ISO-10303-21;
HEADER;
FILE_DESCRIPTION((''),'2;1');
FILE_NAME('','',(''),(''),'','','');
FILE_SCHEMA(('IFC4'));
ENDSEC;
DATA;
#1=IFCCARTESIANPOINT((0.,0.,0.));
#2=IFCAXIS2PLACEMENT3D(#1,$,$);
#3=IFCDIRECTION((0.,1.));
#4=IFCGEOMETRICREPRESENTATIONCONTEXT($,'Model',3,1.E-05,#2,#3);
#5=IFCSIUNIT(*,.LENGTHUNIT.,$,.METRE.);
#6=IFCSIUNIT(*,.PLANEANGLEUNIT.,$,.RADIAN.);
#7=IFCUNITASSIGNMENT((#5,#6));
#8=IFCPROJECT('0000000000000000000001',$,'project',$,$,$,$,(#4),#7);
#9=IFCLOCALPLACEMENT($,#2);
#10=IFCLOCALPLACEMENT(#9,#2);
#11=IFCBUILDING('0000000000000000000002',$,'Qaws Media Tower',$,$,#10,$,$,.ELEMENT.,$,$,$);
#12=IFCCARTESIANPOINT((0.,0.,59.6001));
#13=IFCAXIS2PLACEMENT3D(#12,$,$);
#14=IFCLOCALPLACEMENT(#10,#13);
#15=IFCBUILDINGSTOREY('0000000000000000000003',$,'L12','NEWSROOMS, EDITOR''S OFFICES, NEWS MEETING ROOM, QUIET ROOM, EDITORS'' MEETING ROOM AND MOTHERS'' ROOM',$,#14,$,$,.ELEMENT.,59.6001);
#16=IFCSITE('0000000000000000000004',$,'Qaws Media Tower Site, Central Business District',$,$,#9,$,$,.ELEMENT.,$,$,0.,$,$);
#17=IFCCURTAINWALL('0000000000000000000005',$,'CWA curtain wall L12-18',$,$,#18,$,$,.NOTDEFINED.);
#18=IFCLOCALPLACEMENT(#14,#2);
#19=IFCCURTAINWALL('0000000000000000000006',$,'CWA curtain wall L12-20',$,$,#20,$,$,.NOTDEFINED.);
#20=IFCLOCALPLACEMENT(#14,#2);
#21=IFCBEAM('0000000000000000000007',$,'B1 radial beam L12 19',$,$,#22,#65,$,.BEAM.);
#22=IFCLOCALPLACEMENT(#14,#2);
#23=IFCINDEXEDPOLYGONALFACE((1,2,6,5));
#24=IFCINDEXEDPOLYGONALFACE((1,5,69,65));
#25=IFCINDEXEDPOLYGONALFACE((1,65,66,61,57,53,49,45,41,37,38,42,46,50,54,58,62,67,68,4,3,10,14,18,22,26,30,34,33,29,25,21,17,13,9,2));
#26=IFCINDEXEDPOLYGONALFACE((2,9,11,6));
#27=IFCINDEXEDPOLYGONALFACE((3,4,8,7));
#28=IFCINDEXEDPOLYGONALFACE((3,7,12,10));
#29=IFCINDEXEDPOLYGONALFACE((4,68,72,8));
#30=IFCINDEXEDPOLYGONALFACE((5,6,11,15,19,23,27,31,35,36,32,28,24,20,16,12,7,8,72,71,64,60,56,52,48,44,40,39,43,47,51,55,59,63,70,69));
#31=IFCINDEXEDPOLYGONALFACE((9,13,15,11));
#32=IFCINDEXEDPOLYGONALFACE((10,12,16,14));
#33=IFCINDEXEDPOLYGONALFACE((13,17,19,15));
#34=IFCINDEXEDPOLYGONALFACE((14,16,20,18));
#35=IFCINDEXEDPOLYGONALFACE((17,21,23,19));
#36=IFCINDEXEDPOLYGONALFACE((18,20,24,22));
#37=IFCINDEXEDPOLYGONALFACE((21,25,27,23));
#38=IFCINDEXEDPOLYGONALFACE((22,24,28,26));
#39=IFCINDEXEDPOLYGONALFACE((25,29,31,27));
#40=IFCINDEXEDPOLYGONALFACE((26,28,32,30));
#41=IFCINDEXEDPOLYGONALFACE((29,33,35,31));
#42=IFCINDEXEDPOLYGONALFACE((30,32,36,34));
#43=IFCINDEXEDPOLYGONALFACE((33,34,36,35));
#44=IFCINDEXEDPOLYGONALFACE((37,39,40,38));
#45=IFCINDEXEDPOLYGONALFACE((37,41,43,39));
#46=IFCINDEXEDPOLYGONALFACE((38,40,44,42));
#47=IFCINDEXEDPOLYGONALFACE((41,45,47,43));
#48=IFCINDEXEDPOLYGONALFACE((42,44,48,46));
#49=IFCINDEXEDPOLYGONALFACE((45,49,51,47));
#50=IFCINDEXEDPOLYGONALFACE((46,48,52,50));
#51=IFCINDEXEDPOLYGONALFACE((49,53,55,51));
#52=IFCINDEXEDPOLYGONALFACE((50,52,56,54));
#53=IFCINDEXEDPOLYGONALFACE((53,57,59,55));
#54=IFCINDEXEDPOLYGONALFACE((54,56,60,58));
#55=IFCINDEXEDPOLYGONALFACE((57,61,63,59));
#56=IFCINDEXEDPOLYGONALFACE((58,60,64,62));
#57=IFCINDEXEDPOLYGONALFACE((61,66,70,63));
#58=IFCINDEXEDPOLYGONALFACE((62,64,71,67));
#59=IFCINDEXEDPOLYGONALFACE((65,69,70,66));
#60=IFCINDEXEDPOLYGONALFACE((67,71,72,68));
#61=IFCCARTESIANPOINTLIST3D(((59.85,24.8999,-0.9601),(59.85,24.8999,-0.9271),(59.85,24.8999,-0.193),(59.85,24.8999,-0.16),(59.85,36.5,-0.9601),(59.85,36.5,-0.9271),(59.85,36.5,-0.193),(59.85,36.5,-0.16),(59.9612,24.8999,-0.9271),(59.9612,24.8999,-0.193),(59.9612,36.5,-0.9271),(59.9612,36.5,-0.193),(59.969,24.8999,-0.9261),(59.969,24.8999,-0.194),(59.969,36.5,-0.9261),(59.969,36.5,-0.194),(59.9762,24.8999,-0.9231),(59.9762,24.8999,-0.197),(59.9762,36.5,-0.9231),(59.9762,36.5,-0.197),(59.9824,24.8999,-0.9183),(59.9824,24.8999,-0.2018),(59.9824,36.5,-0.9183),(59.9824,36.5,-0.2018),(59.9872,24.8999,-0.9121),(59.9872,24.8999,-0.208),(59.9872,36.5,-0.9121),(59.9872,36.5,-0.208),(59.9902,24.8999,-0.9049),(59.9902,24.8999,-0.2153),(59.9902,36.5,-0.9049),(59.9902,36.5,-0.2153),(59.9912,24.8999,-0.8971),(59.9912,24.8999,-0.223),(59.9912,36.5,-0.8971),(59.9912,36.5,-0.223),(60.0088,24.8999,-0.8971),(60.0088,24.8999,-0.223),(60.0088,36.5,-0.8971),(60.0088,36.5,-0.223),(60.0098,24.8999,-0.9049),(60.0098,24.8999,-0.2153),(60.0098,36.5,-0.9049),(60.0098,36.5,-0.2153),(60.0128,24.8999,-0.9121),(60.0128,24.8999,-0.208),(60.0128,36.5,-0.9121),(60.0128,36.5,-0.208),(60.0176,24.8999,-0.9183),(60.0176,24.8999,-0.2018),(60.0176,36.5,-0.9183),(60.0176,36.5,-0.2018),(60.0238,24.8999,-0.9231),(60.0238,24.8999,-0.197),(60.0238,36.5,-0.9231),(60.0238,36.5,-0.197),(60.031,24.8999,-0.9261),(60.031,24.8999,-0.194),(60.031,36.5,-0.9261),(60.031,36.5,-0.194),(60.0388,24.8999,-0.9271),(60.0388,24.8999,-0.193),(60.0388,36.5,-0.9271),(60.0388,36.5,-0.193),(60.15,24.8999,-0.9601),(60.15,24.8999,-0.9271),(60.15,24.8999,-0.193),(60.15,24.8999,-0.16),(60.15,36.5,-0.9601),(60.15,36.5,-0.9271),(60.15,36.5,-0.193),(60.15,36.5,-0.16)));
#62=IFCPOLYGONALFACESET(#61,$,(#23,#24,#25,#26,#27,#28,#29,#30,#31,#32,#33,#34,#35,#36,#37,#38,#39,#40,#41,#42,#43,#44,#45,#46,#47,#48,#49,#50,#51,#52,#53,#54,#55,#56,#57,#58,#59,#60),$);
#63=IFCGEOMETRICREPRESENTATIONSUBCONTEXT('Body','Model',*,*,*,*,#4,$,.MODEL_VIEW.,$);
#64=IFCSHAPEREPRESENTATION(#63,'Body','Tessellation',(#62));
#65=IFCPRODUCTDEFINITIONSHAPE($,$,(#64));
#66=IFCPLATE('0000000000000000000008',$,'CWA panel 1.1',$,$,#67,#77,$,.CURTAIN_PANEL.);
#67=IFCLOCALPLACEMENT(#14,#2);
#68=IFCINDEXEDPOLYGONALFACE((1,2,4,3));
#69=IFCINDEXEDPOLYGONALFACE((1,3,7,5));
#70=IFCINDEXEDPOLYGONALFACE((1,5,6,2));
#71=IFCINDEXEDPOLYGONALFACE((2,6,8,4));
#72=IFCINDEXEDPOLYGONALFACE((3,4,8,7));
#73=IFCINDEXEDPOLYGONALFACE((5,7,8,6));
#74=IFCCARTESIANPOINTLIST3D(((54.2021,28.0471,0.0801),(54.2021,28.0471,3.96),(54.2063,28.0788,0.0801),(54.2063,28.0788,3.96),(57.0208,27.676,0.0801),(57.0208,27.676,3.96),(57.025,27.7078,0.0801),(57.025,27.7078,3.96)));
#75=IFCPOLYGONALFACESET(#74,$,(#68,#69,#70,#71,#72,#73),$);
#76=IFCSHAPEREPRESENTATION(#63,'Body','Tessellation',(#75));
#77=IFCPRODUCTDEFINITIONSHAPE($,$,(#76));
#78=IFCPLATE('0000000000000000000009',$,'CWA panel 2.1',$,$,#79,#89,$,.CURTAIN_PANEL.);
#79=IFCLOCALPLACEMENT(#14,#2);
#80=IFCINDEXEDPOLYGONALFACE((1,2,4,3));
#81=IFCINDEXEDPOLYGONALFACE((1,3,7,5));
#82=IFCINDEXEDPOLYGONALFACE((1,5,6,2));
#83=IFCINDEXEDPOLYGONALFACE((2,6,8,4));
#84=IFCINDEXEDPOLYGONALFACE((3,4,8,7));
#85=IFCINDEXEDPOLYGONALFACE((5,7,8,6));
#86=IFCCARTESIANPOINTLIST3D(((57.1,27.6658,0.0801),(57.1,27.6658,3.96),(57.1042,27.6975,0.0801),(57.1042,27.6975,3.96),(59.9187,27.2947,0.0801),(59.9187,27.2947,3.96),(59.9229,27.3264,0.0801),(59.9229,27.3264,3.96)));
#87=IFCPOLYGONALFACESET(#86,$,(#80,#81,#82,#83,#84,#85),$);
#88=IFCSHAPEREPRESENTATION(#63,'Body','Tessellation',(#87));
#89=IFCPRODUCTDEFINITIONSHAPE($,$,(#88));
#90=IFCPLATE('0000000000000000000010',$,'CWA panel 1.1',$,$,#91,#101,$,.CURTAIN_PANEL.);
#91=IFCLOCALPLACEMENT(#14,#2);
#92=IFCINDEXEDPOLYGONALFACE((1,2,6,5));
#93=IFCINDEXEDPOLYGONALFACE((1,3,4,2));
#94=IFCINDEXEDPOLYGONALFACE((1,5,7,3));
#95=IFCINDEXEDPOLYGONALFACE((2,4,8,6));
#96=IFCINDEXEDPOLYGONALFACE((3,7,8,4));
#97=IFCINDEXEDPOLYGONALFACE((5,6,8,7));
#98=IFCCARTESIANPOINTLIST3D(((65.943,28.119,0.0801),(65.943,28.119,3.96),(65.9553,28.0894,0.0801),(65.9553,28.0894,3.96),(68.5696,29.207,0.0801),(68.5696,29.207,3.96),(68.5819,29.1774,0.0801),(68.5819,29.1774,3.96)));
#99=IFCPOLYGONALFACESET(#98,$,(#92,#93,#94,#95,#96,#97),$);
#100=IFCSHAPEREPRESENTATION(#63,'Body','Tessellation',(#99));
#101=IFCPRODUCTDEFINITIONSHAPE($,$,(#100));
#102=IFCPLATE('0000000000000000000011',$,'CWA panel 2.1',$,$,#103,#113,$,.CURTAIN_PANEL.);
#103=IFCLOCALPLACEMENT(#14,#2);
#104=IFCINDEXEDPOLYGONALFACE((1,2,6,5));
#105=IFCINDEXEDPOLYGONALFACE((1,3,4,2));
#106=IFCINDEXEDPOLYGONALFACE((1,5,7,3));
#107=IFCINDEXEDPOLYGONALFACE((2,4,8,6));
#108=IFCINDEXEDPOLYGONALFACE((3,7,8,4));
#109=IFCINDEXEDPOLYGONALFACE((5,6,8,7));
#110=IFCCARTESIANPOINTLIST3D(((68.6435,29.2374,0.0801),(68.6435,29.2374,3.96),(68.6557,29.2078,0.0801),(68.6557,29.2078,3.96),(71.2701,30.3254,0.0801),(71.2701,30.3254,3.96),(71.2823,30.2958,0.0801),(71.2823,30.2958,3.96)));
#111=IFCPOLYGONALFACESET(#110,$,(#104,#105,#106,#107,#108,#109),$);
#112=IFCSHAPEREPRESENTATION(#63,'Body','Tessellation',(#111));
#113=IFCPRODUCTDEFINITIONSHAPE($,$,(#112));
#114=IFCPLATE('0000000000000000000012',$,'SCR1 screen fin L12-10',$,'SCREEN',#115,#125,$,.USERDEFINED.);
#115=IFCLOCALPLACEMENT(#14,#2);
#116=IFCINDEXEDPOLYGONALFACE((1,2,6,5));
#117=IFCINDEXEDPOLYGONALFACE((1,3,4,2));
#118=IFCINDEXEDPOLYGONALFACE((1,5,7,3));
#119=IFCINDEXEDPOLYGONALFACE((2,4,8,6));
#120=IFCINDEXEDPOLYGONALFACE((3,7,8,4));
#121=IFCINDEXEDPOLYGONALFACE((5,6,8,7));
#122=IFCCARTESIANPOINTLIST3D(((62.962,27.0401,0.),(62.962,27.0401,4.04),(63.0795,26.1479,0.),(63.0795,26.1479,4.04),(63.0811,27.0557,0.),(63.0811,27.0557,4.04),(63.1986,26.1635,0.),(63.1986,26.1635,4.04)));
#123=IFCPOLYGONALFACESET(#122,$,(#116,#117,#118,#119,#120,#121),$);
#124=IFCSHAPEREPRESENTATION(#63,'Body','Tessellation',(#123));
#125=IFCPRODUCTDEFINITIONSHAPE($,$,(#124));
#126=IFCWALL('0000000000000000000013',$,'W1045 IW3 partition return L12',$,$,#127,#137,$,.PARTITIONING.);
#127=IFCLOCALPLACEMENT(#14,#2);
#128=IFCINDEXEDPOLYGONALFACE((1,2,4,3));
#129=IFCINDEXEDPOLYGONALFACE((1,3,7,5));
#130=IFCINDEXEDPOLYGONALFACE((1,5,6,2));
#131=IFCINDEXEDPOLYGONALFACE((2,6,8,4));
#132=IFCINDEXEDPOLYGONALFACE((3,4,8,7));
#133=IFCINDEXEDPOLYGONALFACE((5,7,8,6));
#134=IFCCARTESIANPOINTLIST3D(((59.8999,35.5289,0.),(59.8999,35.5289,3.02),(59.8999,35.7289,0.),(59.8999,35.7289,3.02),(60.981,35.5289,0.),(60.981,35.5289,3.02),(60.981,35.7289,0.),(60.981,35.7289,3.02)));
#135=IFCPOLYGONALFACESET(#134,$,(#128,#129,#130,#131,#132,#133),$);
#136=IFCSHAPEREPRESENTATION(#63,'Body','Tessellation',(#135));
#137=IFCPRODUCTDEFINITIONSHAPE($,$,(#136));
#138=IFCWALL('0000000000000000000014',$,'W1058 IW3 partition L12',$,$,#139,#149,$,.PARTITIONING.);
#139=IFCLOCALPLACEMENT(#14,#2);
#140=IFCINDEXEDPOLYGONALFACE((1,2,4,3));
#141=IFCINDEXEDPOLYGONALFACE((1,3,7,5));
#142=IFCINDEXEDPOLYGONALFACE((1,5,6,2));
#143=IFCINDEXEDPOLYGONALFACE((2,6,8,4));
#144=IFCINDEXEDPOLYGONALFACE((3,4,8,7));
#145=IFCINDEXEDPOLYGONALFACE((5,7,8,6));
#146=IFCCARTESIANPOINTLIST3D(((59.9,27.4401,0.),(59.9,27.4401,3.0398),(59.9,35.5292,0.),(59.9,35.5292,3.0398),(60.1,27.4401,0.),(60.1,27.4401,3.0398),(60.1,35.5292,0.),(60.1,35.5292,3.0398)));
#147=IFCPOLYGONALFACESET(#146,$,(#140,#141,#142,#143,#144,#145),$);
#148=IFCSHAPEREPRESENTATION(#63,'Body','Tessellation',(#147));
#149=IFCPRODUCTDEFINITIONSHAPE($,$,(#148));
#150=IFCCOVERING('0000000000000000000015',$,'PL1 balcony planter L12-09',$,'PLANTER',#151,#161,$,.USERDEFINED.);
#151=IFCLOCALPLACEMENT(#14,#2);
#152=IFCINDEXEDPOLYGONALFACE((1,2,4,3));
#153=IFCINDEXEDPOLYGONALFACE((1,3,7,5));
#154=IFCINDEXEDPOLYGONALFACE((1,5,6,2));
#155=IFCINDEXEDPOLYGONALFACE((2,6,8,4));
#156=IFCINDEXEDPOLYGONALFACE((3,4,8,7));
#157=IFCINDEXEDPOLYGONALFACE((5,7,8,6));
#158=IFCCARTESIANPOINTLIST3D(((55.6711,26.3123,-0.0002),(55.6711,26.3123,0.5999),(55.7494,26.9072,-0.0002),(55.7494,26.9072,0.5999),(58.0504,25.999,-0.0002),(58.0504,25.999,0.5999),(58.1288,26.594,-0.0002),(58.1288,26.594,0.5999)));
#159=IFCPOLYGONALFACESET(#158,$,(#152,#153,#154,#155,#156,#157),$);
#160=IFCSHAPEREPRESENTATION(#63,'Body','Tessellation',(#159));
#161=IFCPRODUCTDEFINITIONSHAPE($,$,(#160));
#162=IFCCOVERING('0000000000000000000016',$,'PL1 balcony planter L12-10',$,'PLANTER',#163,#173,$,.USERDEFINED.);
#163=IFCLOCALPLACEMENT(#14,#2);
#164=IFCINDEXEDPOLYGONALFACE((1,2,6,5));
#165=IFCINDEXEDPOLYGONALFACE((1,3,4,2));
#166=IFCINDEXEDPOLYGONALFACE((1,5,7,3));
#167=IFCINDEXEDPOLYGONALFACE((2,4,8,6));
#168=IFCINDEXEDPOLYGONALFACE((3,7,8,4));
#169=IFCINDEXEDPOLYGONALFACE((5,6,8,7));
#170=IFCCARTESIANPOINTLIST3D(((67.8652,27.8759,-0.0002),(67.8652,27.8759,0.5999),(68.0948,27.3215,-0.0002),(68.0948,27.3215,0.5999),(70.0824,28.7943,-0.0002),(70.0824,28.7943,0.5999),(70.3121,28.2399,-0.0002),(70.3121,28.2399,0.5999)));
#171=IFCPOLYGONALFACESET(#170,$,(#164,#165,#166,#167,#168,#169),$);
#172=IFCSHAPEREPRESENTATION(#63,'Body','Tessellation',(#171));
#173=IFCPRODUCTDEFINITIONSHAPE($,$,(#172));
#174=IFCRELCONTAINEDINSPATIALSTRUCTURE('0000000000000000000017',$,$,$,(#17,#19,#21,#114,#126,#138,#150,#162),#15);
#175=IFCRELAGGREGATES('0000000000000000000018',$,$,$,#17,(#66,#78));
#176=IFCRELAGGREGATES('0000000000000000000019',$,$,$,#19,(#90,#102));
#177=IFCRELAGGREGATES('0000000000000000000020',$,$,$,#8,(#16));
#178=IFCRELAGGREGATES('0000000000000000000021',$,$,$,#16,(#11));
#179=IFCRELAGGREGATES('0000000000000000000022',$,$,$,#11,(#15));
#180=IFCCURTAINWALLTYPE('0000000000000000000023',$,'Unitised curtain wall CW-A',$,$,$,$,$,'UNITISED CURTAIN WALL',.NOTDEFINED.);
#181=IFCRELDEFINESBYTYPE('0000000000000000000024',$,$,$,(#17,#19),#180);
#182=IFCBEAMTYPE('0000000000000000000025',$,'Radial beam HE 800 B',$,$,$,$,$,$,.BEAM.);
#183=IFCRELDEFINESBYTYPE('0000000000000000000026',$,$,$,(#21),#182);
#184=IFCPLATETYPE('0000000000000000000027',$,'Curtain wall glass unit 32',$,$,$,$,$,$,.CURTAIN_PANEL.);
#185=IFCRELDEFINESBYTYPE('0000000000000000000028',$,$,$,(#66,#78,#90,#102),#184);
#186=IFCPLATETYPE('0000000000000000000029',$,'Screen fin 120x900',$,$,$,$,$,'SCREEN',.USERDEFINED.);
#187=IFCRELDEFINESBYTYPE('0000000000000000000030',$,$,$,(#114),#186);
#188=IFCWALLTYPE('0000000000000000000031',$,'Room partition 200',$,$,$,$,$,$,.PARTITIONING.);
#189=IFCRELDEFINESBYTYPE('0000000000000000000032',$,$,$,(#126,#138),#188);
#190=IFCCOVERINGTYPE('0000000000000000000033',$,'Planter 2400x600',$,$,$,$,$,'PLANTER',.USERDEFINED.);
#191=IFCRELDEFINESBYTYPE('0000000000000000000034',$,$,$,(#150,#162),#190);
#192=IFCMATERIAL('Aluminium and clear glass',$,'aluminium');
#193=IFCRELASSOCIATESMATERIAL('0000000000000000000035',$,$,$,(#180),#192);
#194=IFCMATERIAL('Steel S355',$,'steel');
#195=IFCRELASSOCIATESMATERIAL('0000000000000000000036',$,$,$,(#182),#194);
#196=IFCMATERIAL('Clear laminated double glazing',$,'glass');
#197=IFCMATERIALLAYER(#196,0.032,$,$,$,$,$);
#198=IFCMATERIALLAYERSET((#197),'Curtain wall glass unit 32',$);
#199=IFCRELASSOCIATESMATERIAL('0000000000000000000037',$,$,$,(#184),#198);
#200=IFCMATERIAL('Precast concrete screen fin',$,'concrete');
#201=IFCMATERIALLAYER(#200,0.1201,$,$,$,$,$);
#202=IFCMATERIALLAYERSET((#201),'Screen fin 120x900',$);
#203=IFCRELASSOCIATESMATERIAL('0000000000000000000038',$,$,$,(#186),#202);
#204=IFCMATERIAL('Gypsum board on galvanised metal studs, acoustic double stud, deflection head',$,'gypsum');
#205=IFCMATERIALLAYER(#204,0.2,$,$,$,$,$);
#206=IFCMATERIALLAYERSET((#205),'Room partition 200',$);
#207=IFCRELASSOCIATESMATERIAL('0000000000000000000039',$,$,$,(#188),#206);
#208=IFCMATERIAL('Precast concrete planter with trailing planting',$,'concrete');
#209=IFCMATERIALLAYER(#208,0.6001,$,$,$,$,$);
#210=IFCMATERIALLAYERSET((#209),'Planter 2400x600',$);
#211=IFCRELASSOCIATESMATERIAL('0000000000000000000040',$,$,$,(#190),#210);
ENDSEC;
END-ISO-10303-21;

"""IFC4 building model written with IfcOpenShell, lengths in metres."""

from ifc_helpers import new_model, si_unit, direction, frame, frame_2d, origin, origin_2d, place, context, subcontext, project, spatial, rectangle, i_section, extrude, material, layer, layer_set, material_profile, profile_set, type_object, element, aggregate, save


model = new_model("IFC4")

# Units and contexts
model_context = context("Model", 3, precision=1e-05, world=origin(), true_north=direction((0.0, 1.0)))
body_context = subcontext(model_context, "Body", "Model", "MODEL_VIEW")
ifc_project = project(units=[si_unit("LENGTHUNIT", "METRE"), si_unit("PLANEANGLEUNIT", "RADIAN")], contexts=[model_context])

# Site, building, storey
site_placement = place(None, origin())
site = spatial("IfcSite", under=ifc_project, at=site_placement, Name="Qaws Media Tower Site, Central Business District", CompositionType="ELEMENT", RefElevation=0.0)
building_placement = place(site_placement, origin())
building = spatial("IfcBuilding", under=site, at=building_placement, Name="Qaws Media Tower", CompositionType="ELEMENT")
storey_placement = place(building_placement, frame((0.0, 0.0, 59.6001)))
storey = spatial("IfcBuildingStorey", under=building, at=storey_placement, Name="L12", Description="NEWSROOMS, EDITOR'S OFFICES, NEWS MEETING ROOM, QUIET ROOM, EDITORS' MEETING ROOM AND MOTHERS' ROOM", CompositionType="ELEMENT", Elevation=59.6001)

# Curtain walls
ifc_material_1 = material(Name="Aluminium and clear glass", Category="aluminium")
curtain_wall_type = type_object("IfcCurtainWallType", Name="Unitised curtain wall CW-A", ElementType="UNITISED CURTAIN WALL", PredefinedType="NOTDEFINED", material=ifc_material_1)
curtain_wall_1_placement = place(storey_placement, origin())
curtain_wall_1 = element("IfcCurtainWall", 1, at=curtain_wall_1_placement, inside=storey, type_object=curtain_wall_type, Name="CWA curtain wall L12-18", PredefinedType="NOTDEFINED")
curtain_wall_2_placement = place(storey_placement, origin())
curtain_wall_2 = element("IfcCurtainWall", 2, at=curtain_wall_2_placement, inside=storey, type_object=curtain_wall_type, Name="CWA curtain wall L12-20", PredefinedType="NOTDEFINED")

# Beam
ifc_material_2 = material(Name="Steel S355", Category="steel")
ifc_material_profile_1 = material_profile(ifc_material_2, i_section(OverallWidth=0.3, OverallDepth=0.8, WebThickness=0.0176, FlangeThickness=0.033, FilletRadius=0.03, at=origin_2d()), Name="HE 800 B")
ifc_profile_set_1 = profile_set([ifc_material_profile_1], Name="Steel S355")
beam_type_1 = type_object("IfcBeamType", Name="Radial beam HE 800 B", PredefinedType="BEAM", material=ifc_profile_set_1)
beam_1_placement = place(storey_placement, frame((60.0, 36.5, -0.5601), z_axis=(0.0, -1.0, 0.0), x_axis=(1.0, 0.0, 0.0)))
element("IfcBeam", 3, at=beam_1_placement, inside=storey, type_object=beam_type_1, Name="B1 radial beam L12 19", PredefinedType="BEAM", context=body_context, shape_type="SweptSolid", body=[
    extrude(i_section(OverallWidth=0.3, OverallDepth=0.8, WebThickness=0.0176, FlangeThickness=0.033, FilletRadius=0.03, at=origin_2d()), origin(), (0.0, 0.0, 1.0), 11.6001),
])

# Plates
ifc_material_3 = material(Name="Clear laminated double glazing", Category="glass")
ifc_layer_1 = layer(ifc_material_3, 0.032)
ifc_layer_set_1 = layer_set([ifc_layer_1], Name="Curtain wall glass unit 32")
plate_type_1 = type_object("IfcPlateType", Name="Curtain wall glass unit 32", PredefinedType="CURTAIN_PANEL", material=ifc_layer_set_1)
plate_1_placement = place(storey_placement, frame((55.6135, 27.8774, 0.0801), z_axis=(0.0, 0.0, 1.0), x_axis=(0.991445, -0.130526, 0.0)))
plate_1 = element("IfcPlate", 4, at=plate_1_placement, type_object=plate_type_1, Name="CWA panel 1.1", PredefinedType="CURTAIN_PANEL", context=body_context, shape_type="SweptSolid", body=[
    extrude(rectangle(XDim=2.843, YDim=0.032, at=origin_2d()), origin(), (0.0, 0.0, 1.0), 3.8799),
])
plate_2_placement = place(storey_placement, frame((58.5115, 27.4961, 0.0801), z_axis=(0.0, 0.0, 1.0), x_axis=(0.991445, -0.130526, 0.0)))
plate_2 = element("IfcPlate", 5, at=plate_2_placement, type_object=plate_type_1, Name="CWA panel 2.1", PredefinedType="CURTAIN_PANEL", context=body_context, shape_type="SweptSolid", body=[
    extrude(rectangle(XDim=2.843, YDim=0.032, at=origin_2d()), origin(), (0.0, 0.0, 1.0), 3.8799),
])
aggregate(curtain_wall_1, [plate_1, plate_2])
plate_3_placement = place(storey_placement, frame((67.2625, 28.6482, 0.0801), z_axis=(0.0, 0.0, 1.0), x_axis=(0.92388, 0.382683, 0.0)))
plate_3 = element("IfcPlate", 6, at=plate_3_placement, type_object=plate_type_1, Name="CWA panel 1.1", PredefinedType="CURTAIN_PANEL", context=body_context, shape_type="SweptSolid", body=[
    extrude(rectangle(XDim=2.843, YDim=0.032, at=origin_2d()), origin(), (0.0, 0.0, 1.0), 3.8799),
])
plate_4_placement = place(storey_placement, frame((69.9629, 29.7666, 0.0801), z_axis=(0.0, 0.0, 1.0), x_axis=(0.92388, 0.382683, 0.0)))
plate_4 = element("IfcPlate", 7, at=plate_4_placement, type_object=plate_type_1, Name="CWA panel 2.1", PredefinedType="CURTAIN_PANEL", context=body_context, shape_type="SweptSolid", body=[
    extrude(rectangle(XDim=2.843, YDim=0.032, at=origin_2d()), origin(), (0.0, 0.0, 1.0), 3.8799),
])
aggregate(curtain_wall_2, [plate_3, plate_4])
ifc_material_4 = material(Name="Precast concrete screen fin", Category="concrete")
ifc_layer_2 = layer(ifc_material_4, 0.1201)
ifc_layer_set_2 = layer_set([ifc_layer_2], Name="Screen fin 120x900")
plate_type_2 = type_object("IfcPlateType", Name="Screen fin 120x900", ElementType="SCREEN", PredefinedType="USERDEFINED", material=ifc_layer_set_2)
plate_5_placement = place(storey_placement, frame((63.0803, 26.6018, 0.0), z_axis=(0.0, 0.0, 1.0), x_axis=(0.130526, -0.991445, 0.0)))
element("IfcPlate", 8, at=plate_5_placement, inside=storey, type_object=plate_type_2, Name="SCR1 screen fin L12-10", ObjectType="SCREEN", PredefinedType="USERDEFINED", context=body_context, shape_type="SweptSolid", body=[
    extrude(rectangle(XDim=0.8999, YDim=0.1201, at=origin_2d()), origin(), (0.0, 0.0, 1.0), 4.04),
])

# Walls
ifc_material_5 = material(Name="Gypsum board on galvanised metal studs, acoustic double stud, deflection head", Category="gypsum")
ifc_layer_3 = layer(ifc_material_5, 0.2)
ifc_layer_set_3 = layer_set([ifc_layer_3], Name="Room partition 200")
wall_type_1 = type_object("IfcWallType", Name="Room partition 200", PredefinedType="PARTITIONING", material=ifc_layer_set_3)
wall_1_placement = place(storey_placement, frame((59.8999, 35.6289, 0.0), z_axis=(0.0, 0.0, 1.0), x_axis=(1.0, 0.0, 0.0)))
element("IfcWall", 9, at=wall_1_placement, inside=storey, type_object=wall_type_1, Name="W1045 IW3 partition return L12", PredefinedType="PARTITIONING", context=body_context, shape_type="SweptSolid", body=[
    extrude(rectangle(XDim=1.0811, YDim=0.2, at=frame_2d((0.5405, 0.0))), origin(), (0.0, 0.0, 1.0), 3.02),
])
wall_2_placement = place(storey_placement, frame((60.0, 35.5291, 0.0), z_axis=(0.0, 0.0, 1.0), x_axis=(0.0, -1.0, 0.0)))
element("IfcWall", 10, at=wall_2_placement, inside=storey, type_object=wall_type_1, Name="W1058 IW3 partition L12", PredefinedType="PARTITIONING", context=body_context, shape_type="SweptSolid", body=[
    extrude(rectangle(XDim=8.0891, YDim=0.2, at=frame_2d((4.0444, 0.0))), origin(), (0.0, 0.0, 1.0), 3.0398),
])

# Coverings
ifc_material_6 = material(Name="Precast concrete planter with trailing planting", Category="concrete")
ifc_layer_4 = layer(ifc_material_6, 0.6001)
ifc_layer_set_4 = layer_set([ifc_layer_4], Name="Planter 2400x600")
covering_type = type_object("IfcCoveringType", Name="Planter 2400x600", ElementType="PLANTER", PredefinedType="USERDEFINED", material=ifc_layer_set_4)
for number, where, z_axis, x_axis, name in (
    (11, (56.8999, 26.4531, -0.0002), (0.0, 0.0, 1.0), (0.991445, -0.130526, 0.0), "PL1 balcony planter L12-09"),
    (12, (69.0886, 28.0579, -0.0002), (0.0, 0.0, 1.0), (0.92388, 0.382683, 0.0), "PL1 balcony planter L12-10"),
):
    element("IfcCovering", number, at=place(storey_placement, frame(where, z_axis=z_axis, x_axis=x_axis)), inside=storey, type_object=covering_type, Name=name, ObjectType="PLANTER", PredefinedType="USERDEFINED", context=body_context, shape_type="SweptSolid", body=[
        extrude(rectangle(XDim=2.3999, YDim=0.6001, at=origin_2d()), origin(), (0.0, 0.0, 1.0), 0.6001),
    ])

save(model, "model.ifc")
